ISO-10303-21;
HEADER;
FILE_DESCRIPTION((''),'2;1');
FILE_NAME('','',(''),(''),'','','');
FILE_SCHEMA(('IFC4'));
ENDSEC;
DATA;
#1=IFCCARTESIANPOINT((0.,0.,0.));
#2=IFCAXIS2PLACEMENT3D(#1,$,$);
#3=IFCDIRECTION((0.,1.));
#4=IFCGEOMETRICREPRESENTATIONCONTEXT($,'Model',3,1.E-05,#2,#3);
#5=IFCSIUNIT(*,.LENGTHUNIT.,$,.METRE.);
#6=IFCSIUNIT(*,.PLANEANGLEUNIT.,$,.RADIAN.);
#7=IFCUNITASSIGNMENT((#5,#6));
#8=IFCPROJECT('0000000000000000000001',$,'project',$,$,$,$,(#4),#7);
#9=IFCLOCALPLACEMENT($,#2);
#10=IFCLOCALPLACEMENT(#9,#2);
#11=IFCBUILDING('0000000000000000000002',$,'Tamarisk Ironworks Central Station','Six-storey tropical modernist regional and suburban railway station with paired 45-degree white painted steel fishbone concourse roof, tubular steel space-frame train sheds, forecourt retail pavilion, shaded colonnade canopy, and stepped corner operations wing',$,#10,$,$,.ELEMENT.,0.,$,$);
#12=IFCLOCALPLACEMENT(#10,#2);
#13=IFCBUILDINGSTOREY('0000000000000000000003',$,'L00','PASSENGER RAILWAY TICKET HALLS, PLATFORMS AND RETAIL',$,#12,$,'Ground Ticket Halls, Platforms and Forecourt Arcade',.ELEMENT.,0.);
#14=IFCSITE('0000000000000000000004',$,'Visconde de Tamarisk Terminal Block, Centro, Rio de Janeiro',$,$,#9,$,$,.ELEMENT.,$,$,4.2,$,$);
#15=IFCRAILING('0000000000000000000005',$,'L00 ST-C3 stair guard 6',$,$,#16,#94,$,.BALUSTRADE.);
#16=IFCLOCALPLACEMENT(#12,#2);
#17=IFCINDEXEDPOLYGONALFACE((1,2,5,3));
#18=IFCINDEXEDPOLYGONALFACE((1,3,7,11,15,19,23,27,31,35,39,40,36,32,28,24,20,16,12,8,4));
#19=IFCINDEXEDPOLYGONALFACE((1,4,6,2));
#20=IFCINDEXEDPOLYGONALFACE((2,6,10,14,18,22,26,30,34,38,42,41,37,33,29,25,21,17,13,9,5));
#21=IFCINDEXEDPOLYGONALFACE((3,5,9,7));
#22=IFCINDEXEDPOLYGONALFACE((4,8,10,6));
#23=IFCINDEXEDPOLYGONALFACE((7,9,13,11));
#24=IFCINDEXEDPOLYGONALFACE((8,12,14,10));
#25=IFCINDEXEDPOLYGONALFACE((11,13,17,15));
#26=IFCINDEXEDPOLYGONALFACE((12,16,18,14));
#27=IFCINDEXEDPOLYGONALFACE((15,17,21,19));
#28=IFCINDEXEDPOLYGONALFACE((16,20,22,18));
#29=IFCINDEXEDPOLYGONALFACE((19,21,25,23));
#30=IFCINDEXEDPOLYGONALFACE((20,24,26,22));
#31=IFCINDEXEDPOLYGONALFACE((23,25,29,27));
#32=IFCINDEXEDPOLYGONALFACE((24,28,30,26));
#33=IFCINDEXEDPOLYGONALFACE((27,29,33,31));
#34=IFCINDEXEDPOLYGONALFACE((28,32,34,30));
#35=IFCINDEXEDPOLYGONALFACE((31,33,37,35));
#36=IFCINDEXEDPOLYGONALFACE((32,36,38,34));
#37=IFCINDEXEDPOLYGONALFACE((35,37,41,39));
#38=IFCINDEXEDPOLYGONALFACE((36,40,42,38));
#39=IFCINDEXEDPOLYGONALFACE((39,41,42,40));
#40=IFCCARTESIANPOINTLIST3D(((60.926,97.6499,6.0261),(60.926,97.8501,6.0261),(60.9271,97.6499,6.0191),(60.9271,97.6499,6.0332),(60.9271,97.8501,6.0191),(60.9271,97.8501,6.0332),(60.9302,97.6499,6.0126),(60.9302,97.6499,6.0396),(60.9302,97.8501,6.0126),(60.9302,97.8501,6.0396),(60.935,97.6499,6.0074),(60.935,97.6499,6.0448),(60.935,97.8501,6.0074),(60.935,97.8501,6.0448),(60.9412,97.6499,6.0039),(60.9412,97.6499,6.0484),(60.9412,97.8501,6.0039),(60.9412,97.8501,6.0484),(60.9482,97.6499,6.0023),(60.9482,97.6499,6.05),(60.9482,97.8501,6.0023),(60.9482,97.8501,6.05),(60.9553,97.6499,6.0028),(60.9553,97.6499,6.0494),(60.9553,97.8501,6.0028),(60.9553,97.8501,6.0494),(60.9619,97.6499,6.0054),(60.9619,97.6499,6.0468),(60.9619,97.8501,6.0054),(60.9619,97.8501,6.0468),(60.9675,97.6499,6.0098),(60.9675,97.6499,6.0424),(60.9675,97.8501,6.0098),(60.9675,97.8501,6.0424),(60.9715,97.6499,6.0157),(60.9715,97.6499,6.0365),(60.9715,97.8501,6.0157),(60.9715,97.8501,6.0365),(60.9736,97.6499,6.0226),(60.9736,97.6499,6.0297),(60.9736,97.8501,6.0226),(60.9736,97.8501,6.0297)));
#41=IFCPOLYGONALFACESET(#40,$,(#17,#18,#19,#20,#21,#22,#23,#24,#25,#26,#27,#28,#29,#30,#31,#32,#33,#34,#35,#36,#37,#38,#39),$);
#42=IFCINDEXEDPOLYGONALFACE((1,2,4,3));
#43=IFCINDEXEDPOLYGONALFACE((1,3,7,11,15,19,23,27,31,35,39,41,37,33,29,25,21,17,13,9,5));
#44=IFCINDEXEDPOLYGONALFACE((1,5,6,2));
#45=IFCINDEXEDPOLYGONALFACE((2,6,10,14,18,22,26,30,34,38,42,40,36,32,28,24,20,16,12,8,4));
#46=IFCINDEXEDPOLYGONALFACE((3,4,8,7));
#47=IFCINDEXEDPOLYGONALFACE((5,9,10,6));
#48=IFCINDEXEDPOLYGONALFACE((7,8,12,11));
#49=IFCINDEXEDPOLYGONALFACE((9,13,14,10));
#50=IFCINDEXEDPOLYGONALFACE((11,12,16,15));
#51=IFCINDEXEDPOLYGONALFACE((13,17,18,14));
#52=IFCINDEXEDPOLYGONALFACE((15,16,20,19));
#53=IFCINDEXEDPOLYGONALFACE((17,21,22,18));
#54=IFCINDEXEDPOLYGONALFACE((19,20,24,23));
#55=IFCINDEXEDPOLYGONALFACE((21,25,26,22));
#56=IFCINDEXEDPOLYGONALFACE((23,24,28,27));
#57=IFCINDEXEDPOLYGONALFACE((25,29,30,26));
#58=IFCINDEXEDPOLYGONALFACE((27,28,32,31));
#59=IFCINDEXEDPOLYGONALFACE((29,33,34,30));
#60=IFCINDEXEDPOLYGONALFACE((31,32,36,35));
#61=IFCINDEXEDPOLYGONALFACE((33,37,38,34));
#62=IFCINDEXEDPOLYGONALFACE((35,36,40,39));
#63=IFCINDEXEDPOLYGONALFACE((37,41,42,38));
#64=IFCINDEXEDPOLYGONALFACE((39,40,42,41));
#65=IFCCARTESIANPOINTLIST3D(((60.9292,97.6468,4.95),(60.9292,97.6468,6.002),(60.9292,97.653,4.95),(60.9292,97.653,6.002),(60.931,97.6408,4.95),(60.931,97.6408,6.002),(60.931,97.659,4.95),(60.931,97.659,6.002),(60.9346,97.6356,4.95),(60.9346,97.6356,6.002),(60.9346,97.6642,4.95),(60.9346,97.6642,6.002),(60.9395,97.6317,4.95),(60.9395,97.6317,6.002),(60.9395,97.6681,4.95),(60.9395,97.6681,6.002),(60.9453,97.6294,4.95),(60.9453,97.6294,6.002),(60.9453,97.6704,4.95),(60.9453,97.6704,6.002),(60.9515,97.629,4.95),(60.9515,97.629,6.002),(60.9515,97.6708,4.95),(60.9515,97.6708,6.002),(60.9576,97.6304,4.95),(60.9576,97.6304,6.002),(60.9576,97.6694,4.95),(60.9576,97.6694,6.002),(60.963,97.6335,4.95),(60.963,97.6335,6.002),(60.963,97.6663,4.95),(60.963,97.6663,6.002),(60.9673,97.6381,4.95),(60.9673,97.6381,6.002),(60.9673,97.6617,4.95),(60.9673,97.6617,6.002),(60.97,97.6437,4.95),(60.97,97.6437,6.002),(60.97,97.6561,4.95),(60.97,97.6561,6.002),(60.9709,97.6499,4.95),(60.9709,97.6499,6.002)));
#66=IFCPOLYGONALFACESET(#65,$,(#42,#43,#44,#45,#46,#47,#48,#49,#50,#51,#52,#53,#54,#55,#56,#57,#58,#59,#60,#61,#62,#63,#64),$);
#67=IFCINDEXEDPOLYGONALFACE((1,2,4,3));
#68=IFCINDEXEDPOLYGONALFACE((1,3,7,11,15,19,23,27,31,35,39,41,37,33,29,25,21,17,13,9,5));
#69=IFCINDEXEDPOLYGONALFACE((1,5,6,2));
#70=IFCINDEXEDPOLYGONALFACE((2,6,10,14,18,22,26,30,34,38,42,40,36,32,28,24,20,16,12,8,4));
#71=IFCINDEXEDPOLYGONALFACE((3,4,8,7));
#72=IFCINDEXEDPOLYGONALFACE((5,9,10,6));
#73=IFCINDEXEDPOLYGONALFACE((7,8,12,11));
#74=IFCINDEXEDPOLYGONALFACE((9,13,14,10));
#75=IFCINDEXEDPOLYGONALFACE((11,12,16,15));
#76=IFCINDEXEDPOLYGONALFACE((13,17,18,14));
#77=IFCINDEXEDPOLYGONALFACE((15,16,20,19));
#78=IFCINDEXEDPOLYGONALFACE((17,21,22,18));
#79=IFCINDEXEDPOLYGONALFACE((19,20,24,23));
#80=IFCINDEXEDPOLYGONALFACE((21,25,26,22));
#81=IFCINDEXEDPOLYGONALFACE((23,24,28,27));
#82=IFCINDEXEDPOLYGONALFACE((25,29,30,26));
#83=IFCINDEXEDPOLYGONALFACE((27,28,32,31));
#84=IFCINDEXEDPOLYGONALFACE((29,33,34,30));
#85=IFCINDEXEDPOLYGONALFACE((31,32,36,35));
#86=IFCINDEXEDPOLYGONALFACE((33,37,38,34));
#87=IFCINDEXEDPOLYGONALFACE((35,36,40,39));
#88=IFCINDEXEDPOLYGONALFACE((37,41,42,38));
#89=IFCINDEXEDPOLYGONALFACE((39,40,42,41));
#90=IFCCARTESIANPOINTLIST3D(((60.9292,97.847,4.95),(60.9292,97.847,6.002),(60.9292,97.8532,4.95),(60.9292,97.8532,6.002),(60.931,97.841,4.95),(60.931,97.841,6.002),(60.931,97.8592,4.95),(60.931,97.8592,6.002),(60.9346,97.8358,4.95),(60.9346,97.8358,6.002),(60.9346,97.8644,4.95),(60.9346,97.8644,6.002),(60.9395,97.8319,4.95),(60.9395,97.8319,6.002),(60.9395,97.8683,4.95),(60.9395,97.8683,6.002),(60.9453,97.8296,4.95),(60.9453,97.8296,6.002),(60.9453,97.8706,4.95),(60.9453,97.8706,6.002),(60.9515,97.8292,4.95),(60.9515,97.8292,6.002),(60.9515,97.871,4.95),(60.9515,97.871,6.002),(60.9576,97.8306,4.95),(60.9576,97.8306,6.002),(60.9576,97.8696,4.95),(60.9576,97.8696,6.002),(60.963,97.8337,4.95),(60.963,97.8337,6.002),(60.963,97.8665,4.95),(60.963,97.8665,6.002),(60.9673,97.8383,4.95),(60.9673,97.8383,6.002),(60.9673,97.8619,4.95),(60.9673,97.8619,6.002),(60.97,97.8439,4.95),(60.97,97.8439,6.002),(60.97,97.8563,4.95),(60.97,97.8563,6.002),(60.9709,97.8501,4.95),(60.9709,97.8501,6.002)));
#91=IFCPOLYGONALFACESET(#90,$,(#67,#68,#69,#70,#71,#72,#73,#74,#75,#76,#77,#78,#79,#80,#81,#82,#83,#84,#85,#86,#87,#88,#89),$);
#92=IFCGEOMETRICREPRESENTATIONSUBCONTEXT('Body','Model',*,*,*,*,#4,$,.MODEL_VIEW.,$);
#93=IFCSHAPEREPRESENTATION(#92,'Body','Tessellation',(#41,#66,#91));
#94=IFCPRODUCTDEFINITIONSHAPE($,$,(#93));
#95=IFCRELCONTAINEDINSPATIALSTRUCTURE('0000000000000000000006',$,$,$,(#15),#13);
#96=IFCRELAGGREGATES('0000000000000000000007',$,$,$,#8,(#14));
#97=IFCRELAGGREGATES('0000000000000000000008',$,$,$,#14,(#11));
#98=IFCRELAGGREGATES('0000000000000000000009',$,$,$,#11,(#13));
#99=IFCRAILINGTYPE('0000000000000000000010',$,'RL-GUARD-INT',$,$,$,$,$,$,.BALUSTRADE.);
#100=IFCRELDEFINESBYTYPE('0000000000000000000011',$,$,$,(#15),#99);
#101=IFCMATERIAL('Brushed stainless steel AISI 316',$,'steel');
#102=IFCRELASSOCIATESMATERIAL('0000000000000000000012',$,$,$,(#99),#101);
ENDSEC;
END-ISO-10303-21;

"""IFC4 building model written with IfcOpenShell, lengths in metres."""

from ifc_helpers import new_model, si_unit, direction, frame, origin, origin_2d, place, context, subcontext, project, spatial, circle, extrude, material, type_object, element, save


model = new_model("IFC4")

# Units and contexts
model_context = context("Model", 3, precision=1e-05, world=origin(), true_north=direction((0.0, 1.0)))
body_context = subcontext(model_context, "Body", "Model", "MODEL_VIEW")
ifc_project = project(units=[si_unit("LENGTHUNIT", "METRE"), si_unit("PLANEANGLEUNIT", "RADIAN")], contexts=[model_context])

# Site, building, storey
site_placement = place(None, origin())
site = spatial("IfcSite", under=ifc_project, at=site_placement, Name="Visconde de Tamarisk Terminal Block, Centro, Rio de Janeiro", CompositionType="ELEMENT", RefElevation=4.2)
building_placement = place(site_placement, origin())
building = spatial("IfcBuilding", under=site, at=building_placement, Name="Tamarisk Ironworks Central Station", Description="Six-storey tropical modernist regional and suburban railway station with paired 45-degree white painted steel fishbone concourse roof, tubular steel space-frame train sheds, forecourt retail pavilion, shaded colonnade canopy, and stepped corner operations wing", CompositionType="ELEMENT", ElevationOfRefHeight=0.0)
storey_placement = place(building_placement, origin())
storey = spatial("IfcBuildingStorey", under=building, at=storey_placement, Name="L00", Description="PASSENGER RAILWAY TICKET HALLS, PLATFORMS AND RETAIL", LongName="Ground Ticket Halls, Platforms and Forecourt Arcade", CompositionType="ELEMENT", Elevation=0.0)

# Railing
ifc_material_1 = material(Name="Brushed stainless steel AISI 316", Category="steel")
railing_type_1 = type_object("IfcRailingType", Name="RL-GUARD-INT", PredefinedType="BALUSTRADE", material=ifc_material_1)
railing_1_placement = place(storey_placement, frame((60.95, 97.6499, 4.95)))
element("IfcRailing", 1, at=railing_1_placement, inside=storey, type_object=railing_type_1, Name="L00 ST-C3 stair guard 6", PredefinedType="BALUSTRADE", context=body_context, shape_type="SweptSolid", body=[
    extrude(circle(Radius=0.0239, at=origin_2d()), frame((0.0, 0.0, 1.0762), z_axis=(0.0, 1.0, 0.0), x_axis=(-1.0, 0.0, 0.0)), (0.0, 0.0, 1.0), 0.2002),
    extrude(circle(Radius=0.021, at=origin_2d()), origin(), (0.0, 0.0, 1.0), 1.052),
    extrude(circle(Radius=0.021, at=origin_2d()), frame((0.0, 0.2002, 0.0)), (0.0, 0.0, 1.0), 1.052),
])

save(model, "model.ifc")
